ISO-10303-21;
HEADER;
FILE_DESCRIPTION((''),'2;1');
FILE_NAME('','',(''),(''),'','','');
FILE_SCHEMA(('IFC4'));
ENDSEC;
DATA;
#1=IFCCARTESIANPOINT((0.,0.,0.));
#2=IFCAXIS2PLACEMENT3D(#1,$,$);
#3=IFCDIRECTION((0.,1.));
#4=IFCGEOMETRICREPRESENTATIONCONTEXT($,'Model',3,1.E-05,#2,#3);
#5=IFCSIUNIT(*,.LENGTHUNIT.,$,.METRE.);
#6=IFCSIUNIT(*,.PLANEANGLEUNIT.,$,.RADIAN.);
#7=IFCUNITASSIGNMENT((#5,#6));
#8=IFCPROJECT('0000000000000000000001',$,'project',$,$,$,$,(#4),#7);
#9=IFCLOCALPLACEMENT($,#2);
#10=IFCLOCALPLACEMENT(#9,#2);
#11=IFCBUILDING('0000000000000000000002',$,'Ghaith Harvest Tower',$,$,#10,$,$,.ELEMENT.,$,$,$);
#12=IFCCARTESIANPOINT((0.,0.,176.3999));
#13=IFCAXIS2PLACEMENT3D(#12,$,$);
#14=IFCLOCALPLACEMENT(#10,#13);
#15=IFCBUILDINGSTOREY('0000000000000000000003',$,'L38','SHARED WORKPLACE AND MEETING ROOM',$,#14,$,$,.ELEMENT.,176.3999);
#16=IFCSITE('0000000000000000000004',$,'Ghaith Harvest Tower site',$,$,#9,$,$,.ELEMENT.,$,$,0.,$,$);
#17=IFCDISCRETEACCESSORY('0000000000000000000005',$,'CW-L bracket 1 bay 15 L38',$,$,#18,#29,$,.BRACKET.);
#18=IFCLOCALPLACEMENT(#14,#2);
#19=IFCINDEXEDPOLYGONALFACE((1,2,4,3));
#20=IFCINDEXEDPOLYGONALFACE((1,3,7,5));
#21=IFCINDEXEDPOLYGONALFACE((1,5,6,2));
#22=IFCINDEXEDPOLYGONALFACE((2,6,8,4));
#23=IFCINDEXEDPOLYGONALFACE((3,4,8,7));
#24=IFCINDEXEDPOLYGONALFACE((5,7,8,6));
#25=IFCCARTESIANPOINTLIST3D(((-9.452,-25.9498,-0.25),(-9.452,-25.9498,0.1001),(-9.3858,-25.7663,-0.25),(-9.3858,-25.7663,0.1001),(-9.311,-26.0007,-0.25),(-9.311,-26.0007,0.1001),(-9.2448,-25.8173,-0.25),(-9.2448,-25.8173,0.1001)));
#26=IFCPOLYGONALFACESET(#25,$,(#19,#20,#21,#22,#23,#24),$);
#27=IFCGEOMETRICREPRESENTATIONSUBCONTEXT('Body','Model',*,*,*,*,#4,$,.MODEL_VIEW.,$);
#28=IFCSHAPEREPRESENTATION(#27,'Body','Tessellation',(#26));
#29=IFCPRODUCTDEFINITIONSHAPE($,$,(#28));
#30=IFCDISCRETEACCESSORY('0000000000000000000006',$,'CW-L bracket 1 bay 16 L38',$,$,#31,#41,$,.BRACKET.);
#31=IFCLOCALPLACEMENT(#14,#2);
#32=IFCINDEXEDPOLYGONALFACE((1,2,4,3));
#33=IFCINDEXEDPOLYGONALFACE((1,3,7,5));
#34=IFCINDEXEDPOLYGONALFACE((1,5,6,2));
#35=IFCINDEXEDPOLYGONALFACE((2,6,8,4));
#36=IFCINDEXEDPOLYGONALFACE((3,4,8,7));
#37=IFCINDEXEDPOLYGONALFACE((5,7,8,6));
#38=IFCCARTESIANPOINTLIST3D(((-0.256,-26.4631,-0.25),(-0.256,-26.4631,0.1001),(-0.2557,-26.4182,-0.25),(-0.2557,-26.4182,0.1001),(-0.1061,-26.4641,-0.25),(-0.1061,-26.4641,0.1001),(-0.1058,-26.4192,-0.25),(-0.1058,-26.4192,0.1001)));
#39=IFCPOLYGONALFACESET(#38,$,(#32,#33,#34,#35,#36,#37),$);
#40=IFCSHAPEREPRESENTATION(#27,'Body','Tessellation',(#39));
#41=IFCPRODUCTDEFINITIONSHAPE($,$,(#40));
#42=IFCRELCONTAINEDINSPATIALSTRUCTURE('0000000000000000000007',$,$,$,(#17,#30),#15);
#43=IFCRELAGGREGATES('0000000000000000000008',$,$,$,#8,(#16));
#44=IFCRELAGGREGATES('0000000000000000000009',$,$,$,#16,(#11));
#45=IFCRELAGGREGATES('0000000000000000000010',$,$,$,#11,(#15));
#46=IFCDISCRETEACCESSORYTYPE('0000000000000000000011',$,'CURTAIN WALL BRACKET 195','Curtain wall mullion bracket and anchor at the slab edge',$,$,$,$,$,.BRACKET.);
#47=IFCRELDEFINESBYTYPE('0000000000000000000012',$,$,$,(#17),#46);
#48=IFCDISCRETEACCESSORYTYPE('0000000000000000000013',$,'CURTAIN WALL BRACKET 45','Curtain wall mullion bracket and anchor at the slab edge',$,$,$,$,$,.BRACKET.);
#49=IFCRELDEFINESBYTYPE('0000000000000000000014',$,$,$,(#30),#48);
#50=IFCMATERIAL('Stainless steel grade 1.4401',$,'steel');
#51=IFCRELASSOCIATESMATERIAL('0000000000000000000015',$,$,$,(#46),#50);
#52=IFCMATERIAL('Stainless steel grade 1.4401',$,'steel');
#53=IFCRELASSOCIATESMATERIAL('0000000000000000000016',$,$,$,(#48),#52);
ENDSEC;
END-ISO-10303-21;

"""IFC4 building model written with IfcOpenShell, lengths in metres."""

from ifc_helpers import new_model, si_unit, direction, frame, origin, origin_2d, place, context, subcontext, project, spatial, rectangle, extrude, material, type_object, element, save


model = new_model("IFC4")

# Units and contexts
model_context = context("Model", 3, precision=1e-05, world=origin(), true_north=direction((0.0, 1.0)))
body_context = subcontext(model_context, "Body", "Model", "MODEL_VIEW")
ifc_project = project(units=[si_unit("LENGTHUNIT", "METRE"), si_unit("PLANEANGLEUNIT", "RADIAN")], contexts=[model_context])

# Site, building, storey
site_placement = place(None, origin())
site = spatial("IfcSite", under=ifc_project, at=site_placement, Name="Ghaith Harvest Tower site", CompositionType="ELEMENT", RefElevation=0.0)
building_placement = place(site_placement, origin())
building = spatial("IfcBuilding", under=site, at=building_placement, Name="Ghaith Harvest Tower", CompositionType="ELEMENT")
storey_placement = place(building_placement, frame((0.0, 0.0, 176.3999)))
storey = spatial("IfcBuildingStorey", under=building, at=storey_placement, Name="L38", Description="SHARED WORKPLACE AND MEETING ROOM", CompositionType="ELEMENT", Elevation=176.3999)

# Discrete accessories
ifc_material_1 = material(Name="Stainless steel grade 1.4401", Category="steel")
discrete_accessory_type_1 = type_object("IfcDiscreteAccessoryType", Name="CURTAIN WALL BRACKET 195", Description="Curtain wall mullion bracket and anchor at the slab edge", PredefinedType="BRACKET", material=ifc_material_1)
discrete_accessory_1_placement = place(storey_placement, frame((-9.3484, -25.8835, -0.25), z_axis=(0.0, 0.0, 1.0), x_axis=(-0.339699, -0.940534, 0.0)))
element("IfcDiscreteAccessory", 1, at=discrete_accessory_1_placement, inside=storey, type_object=discrete_accessory_type_1, Name="CW-L bracket 1 bay 15 L38", PredefinedType="BRACKET", context=body_context, shape_type="SweptSolid", body=[
    extrude(rectangle(XDim=0.1951, YDim=0.1499, at=origin_2d()), origin(), (0.0, 0.0, 1.0), 0.3501),
])
ifc_material_2 = material(Name="Stainless steel grade 1.4401", Category="steel")
discrete_accessory_type_2 = type_object("IfcDiscreteAccessoryType", Name="CURTAIN WALL BRACKET 45", Description="Curtain wall mullion bracket and anchor at the slab edge", PredefinedType="BRACKET", material=ifc_material_2)
discrete_accessory_2_placement = place(storey_placement, frame((-0.1809, -26.4412, -0.25), z_axis=(0.0, 0.0, 1.0), x_axis=(-0.006844, -0.999977, 0.0)))
element("IfcDiscreteAccessory", 2, at=discrete_accessory_2_placement, inside=storey, type_object=discrete_accessory_type_2, Name="CW-L bracket 1 bay 16 L38", PredefinedType="BRACKET", context=body_context, shape_type="SweptSolid", body=[
    extrude(rectangle(XDim=0.0449, YDim=0.1499, at=origin_2d()), origin(), (0.0, 0.0, 1.0), 0.3501),
])

save(model, "model.ifc")
